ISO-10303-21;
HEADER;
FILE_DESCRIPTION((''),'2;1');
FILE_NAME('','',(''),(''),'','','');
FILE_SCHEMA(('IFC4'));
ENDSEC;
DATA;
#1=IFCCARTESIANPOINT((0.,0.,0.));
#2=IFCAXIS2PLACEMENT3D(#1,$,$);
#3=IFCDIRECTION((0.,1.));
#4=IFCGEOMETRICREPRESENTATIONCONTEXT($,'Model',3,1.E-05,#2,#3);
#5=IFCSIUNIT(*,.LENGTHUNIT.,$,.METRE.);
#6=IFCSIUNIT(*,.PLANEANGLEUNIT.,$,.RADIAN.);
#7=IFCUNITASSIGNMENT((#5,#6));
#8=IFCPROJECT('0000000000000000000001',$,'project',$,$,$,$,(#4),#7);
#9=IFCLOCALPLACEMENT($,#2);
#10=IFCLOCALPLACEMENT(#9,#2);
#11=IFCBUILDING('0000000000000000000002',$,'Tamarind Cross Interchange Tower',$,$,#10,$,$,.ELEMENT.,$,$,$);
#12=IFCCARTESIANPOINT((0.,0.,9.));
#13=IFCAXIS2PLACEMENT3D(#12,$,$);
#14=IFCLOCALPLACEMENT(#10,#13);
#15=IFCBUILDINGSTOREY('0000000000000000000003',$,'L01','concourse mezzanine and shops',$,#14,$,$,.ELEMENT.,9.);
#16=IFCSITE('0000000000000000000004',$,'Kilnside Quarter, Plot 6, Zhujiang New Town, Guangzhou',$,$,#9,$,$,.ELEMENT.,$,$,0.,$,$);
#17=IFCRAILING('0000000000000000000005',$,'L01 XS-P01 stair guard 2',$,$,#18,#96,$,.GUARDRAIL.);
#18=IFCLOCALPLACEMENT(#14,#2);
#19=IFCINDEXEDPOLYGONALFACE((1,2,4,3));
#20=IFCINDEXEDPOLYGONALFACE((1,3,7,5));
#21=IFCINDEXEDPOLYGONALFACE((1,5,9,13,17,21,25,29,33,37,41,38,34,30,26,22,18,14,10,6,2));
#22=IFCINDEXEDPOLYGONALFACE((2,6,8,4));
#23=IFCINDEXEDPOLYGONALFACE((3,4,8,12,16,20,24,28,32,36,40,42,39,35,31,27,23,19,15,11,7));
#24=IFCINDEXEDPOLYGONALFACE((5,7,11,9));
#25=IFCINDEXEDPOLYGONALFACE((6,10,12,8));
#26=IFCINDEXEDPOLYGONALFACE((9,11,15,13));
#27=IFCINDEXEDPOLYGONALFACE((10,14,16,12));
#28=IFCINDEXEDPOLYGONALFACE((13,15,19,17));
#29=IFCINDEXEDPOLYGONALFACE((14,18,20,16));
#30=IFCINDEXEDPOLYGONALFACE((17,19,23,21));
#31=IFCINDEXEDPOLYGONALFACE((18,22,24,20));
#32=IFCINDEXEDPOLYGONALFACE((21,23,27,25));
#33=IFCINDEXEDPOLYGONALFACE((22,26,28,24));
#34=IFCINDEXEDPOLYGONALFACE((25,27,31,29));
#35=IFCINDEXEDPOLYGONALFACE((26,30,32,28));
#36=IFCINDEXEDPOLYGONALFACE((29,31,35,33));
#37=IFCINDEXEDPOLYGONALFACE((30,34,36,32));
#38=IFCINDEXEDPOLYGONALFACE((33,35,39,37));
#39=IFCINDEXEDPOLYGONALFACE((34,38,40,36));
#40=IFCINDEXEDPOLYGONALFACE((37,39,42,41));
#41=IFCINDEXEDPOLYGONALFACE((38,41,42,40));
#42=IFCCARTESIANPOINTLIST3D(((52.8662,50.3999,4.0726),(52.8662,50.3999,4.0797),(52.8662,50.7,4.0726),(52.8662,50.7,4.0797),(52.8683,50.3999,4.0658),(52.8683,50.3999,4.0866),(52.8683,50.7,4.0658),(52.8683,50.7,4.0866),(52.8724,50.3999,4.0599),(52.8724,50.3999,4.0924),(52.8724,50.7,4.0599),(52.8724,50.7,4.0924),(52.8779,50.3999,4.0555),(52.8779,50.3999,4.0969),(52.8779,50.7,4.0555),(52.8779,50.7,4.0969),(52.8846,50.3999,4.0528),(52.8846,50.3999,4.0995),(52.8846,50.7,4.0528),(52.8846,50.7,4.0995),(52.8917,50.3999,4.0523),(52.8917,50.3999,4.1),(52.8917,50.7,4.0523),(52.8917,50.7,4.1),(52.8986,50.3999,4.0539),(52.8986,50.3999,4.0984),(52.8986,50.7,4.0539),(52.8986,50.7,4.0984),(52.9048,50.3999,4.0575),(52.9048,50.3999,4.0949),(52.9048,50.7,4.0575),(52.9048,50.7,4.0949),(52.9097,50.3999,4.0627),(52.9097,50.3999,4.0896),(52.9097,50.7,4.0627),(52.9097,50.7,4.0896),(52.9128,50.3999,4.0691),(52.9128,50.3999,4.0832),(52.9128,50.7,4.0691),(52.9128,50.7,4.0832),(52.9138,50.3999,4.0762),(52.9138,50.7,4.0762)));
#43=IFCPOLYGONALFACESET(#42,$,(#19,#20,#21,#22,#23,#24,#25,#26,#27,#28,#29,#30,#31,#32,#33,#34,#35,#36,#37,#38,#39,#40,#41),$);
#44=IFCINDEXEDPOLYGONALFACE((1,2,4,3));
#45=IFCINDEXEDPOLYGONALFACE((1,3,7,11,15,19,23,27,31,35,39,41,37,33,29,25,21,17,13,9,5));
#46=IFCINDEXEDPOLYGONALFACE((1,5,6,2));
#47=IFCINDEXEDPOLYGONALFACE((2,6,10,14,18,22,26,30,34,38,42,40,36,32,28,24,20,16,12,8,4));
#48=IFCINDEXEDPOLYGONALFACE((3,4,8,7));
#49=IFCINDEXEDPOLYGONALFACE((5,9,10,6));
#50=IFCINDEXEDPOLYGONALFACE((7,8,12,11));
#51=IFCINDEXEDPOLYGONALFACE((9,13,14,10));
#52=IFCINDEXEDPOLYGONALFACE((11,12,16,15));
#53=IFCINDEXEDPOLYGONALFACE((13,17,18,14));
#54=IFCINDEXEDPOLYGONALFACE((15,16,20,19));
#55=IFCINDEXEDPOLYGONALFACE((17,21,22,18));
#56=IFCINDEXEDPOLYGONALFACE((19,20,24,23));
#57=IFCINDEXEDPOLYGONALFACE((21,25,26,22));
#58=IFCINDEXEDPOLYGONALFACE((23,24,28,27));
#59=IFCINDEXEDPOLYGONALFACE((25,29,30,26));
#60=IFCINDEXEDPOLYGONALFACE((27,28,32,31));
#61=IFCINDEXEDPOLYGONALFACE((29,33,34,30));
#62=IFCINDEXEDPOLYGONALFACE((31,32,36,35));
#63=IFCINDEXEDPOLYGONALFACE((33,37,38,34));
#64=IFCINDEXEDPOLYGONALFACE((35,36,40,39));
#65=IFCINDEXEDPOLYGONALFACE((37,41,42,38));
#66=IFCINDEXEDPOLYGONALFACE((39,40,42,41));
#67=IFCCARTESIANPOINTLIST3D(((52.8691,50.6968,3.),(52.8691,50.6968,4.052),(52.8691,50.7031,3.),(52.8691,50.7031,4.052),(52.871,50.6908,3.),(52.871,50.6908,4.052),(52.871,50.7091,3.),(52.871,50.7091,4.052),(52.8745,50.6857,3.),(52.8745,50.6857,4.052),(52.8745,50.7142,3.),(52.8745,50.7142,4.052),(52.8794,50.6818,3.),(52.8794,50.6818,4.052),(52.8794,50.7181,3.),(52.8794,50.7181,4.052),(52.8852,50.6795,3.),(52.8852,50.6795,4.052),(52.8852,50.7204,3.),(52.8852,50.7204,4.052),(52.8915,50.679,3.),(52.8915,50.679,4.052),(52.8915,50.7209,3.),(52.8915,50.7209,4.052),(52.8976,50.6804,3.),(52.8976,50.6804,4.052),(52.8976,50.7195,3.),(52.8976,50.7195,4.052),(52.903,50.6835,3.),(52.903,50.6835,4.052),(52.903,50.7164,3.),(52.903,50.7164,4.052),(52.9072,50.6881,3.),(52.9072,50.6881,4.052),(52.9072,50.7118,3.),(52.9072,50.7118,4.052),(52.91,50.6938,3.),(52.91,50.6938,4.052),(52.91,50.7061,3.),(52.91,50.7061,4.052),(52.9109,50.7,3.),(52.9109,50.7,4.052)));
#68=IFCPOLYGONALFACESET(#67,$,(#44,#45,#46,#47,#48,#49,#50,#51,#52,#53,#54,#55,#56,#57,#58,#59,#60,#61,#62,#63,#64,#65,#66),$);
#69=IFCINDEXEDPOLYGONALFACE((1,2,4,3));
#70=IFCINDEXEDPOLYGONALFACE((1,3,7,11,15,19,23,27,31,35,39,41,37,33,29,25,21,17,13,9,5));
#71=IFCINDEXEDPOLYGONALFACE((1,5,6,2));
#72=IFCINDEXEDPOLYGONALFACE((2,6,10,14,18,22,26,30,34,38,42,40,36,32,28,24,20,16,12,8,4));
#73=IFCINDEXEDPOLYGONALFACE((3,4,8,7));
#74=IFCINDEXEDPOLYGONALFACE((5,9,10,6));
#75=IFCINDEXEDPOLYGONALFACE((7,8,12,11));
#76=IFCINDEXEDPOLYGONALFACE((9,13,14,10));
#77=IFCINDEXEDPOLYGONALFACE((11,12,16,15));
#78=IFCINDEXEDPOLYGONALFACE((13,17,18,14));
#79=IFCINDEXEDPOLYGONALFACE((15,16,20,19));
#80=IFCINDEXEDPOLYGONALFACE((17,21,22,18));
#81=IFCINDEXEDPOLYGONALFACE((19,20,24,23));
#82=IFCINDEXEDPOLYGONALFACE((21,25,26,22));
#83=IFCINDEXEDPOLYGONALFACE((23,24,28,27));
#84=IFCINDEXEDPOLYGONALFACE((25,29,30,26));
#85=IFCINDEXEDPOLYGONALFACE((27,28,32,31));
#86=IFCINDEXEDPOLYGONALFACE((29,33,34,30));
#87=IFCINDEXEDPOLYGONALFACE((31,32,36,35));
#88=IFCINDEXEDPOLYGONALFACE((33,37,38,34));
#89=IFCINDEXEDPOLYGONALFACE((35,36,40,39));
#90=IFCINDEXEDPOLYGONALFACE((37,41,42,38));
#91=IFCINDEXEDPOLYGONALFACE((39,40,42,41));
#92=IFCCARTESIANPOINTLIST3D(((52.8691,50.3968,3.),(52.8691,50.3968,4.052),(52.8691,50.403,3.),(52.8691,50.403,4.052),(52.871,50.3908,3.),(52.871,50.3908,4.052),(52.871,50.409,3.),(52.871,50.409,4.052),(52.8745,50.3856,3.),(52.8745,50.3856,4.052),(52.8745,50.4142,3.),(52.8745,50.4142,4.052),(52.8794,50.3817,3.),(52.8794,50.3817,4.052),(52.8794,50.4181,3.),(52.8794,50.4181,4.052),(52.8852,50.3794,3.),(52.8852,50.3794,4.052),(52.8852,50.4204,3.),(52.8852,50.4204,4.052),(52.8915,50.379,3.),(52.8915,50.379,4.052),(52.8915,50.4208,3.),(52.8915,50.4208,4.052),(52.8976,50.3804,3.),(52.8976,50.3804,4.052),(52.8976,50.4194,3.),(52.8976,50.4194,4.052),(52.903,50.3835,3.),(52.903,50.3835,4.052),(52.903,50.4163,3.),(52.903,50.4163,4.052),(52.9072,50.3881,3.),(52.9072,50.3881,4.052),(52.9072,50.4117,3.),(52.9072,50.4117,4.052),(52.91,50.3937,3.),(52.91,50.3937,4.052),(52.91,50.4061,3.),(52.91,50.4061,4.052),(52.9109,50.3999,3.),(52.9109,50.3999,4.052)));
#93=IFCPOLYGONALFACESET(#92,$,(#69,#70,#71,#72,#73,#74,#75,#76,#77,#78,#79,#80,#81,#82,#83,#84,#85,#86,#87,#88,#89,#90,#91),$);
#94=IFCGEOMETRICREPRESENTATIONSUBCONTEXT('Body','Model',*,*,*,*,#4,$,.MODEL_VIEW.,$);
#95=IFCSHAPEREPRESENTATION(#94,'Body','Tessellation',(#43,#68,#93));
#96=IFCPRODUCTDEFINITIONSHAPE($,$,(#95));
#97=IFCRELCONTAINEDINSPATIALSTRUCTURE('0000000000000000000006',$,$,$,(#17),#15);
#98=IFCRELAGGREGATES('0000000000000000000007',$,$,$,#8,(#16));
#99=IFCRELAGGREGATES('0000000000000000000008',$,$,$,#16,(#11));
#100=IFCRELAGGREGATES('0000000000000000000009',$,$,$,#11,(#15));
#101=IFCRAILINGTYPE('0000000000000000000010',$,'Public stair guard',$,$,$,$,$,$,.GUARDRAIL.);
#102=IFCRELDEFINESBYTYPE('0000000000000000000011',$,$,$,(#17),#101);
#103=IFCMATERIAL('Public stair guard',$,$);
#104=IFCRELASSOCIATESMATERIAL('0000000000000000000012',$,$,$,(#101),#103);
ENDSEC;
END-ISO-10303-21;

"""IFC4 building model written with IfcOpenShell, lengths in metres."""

from ifc_helpers import new_model, si_unit, direction, frame, origin, origin_2d, place, context, subcontext, project, spatial, circle, extrude, material, type_object, element, save


model = new_model("IFC4")

# Units and contexts
model_context = context("Model", 3, precision=1e-05, world=origin(), true_north=direction((0.0, 1.0)))
body_context = subcontext(model_context, "Body", "Model", "MODEL_VIEW")
ifc_project = project(units=[si_unit("LENGTHUNIT", "METRE"), si_unit("PLANEANGLEUNIT", "RADIAN")], contexts=[model_context])

# Site, building, storey
site_placement = place(None, origin())
site = spatial("IfcSite", under=ifc_project, at=site_placement, Name="Kilnside Quarter, Plot 6, Zhujiang New Town, Guangzhou", CompositionType="ELEMENT", RefElevation=0.0)
building_placement = place(site_placement, origin())
building = spatial("IfcBuilding", under=site, at=building_placement, Name="Tamarind Cross Interchange Tower", CompositionType="ELEMENT")
storey_placement = place(building_placement, frame((0.0, 0.0, 9.0)))
storey = spatial("IfcBuildingStorey", under=building, at=storey_placement, Name="L01", Description="concourse mezzanine and shops", CompositionType="ELEMENT", Elevation=9.0)

# Railing
ifc_material_1 = material(Name="Public stair guard")
railing_type_1 = type_object("IfcRailingType", Name="Public stair guard", PredefinedType="GUARDRAIL", material=ifc_material_1)
railing_1_placement = place(storey_placement, frame((52.8899, 50.7, 3.0)))
element("IfcRailing", 1, at=railing_1_placement, inside=storey, type_object=railing_type_1, Name="L01 XS-P01 stair guard 2", PredefinedType="GUARDRAIL", context=body_context, shape_type="SweptSolid", body=[
    extrude(circle(Radius=0.0239, at=origin_2d()), frame((0.0, 0.0, 1.0762), z_axis=(0.0, -1.0, 0.0), x_axis=(1.0, 0.0, 0.0)), (0.0, 0.0, 1.0), 0.3),
    extrude(circle(Radius=0.021, at=origin_2d()), origin(), (0.0, 0.0, 1.0), 1.052),
    extrude(circle(Radius=0.021, at=origin_2d()), frame((0.0, -0.3, 0.0)), (0.0, 0.0, 1.0), 1.052),
])

save(model, "model.ifc")
